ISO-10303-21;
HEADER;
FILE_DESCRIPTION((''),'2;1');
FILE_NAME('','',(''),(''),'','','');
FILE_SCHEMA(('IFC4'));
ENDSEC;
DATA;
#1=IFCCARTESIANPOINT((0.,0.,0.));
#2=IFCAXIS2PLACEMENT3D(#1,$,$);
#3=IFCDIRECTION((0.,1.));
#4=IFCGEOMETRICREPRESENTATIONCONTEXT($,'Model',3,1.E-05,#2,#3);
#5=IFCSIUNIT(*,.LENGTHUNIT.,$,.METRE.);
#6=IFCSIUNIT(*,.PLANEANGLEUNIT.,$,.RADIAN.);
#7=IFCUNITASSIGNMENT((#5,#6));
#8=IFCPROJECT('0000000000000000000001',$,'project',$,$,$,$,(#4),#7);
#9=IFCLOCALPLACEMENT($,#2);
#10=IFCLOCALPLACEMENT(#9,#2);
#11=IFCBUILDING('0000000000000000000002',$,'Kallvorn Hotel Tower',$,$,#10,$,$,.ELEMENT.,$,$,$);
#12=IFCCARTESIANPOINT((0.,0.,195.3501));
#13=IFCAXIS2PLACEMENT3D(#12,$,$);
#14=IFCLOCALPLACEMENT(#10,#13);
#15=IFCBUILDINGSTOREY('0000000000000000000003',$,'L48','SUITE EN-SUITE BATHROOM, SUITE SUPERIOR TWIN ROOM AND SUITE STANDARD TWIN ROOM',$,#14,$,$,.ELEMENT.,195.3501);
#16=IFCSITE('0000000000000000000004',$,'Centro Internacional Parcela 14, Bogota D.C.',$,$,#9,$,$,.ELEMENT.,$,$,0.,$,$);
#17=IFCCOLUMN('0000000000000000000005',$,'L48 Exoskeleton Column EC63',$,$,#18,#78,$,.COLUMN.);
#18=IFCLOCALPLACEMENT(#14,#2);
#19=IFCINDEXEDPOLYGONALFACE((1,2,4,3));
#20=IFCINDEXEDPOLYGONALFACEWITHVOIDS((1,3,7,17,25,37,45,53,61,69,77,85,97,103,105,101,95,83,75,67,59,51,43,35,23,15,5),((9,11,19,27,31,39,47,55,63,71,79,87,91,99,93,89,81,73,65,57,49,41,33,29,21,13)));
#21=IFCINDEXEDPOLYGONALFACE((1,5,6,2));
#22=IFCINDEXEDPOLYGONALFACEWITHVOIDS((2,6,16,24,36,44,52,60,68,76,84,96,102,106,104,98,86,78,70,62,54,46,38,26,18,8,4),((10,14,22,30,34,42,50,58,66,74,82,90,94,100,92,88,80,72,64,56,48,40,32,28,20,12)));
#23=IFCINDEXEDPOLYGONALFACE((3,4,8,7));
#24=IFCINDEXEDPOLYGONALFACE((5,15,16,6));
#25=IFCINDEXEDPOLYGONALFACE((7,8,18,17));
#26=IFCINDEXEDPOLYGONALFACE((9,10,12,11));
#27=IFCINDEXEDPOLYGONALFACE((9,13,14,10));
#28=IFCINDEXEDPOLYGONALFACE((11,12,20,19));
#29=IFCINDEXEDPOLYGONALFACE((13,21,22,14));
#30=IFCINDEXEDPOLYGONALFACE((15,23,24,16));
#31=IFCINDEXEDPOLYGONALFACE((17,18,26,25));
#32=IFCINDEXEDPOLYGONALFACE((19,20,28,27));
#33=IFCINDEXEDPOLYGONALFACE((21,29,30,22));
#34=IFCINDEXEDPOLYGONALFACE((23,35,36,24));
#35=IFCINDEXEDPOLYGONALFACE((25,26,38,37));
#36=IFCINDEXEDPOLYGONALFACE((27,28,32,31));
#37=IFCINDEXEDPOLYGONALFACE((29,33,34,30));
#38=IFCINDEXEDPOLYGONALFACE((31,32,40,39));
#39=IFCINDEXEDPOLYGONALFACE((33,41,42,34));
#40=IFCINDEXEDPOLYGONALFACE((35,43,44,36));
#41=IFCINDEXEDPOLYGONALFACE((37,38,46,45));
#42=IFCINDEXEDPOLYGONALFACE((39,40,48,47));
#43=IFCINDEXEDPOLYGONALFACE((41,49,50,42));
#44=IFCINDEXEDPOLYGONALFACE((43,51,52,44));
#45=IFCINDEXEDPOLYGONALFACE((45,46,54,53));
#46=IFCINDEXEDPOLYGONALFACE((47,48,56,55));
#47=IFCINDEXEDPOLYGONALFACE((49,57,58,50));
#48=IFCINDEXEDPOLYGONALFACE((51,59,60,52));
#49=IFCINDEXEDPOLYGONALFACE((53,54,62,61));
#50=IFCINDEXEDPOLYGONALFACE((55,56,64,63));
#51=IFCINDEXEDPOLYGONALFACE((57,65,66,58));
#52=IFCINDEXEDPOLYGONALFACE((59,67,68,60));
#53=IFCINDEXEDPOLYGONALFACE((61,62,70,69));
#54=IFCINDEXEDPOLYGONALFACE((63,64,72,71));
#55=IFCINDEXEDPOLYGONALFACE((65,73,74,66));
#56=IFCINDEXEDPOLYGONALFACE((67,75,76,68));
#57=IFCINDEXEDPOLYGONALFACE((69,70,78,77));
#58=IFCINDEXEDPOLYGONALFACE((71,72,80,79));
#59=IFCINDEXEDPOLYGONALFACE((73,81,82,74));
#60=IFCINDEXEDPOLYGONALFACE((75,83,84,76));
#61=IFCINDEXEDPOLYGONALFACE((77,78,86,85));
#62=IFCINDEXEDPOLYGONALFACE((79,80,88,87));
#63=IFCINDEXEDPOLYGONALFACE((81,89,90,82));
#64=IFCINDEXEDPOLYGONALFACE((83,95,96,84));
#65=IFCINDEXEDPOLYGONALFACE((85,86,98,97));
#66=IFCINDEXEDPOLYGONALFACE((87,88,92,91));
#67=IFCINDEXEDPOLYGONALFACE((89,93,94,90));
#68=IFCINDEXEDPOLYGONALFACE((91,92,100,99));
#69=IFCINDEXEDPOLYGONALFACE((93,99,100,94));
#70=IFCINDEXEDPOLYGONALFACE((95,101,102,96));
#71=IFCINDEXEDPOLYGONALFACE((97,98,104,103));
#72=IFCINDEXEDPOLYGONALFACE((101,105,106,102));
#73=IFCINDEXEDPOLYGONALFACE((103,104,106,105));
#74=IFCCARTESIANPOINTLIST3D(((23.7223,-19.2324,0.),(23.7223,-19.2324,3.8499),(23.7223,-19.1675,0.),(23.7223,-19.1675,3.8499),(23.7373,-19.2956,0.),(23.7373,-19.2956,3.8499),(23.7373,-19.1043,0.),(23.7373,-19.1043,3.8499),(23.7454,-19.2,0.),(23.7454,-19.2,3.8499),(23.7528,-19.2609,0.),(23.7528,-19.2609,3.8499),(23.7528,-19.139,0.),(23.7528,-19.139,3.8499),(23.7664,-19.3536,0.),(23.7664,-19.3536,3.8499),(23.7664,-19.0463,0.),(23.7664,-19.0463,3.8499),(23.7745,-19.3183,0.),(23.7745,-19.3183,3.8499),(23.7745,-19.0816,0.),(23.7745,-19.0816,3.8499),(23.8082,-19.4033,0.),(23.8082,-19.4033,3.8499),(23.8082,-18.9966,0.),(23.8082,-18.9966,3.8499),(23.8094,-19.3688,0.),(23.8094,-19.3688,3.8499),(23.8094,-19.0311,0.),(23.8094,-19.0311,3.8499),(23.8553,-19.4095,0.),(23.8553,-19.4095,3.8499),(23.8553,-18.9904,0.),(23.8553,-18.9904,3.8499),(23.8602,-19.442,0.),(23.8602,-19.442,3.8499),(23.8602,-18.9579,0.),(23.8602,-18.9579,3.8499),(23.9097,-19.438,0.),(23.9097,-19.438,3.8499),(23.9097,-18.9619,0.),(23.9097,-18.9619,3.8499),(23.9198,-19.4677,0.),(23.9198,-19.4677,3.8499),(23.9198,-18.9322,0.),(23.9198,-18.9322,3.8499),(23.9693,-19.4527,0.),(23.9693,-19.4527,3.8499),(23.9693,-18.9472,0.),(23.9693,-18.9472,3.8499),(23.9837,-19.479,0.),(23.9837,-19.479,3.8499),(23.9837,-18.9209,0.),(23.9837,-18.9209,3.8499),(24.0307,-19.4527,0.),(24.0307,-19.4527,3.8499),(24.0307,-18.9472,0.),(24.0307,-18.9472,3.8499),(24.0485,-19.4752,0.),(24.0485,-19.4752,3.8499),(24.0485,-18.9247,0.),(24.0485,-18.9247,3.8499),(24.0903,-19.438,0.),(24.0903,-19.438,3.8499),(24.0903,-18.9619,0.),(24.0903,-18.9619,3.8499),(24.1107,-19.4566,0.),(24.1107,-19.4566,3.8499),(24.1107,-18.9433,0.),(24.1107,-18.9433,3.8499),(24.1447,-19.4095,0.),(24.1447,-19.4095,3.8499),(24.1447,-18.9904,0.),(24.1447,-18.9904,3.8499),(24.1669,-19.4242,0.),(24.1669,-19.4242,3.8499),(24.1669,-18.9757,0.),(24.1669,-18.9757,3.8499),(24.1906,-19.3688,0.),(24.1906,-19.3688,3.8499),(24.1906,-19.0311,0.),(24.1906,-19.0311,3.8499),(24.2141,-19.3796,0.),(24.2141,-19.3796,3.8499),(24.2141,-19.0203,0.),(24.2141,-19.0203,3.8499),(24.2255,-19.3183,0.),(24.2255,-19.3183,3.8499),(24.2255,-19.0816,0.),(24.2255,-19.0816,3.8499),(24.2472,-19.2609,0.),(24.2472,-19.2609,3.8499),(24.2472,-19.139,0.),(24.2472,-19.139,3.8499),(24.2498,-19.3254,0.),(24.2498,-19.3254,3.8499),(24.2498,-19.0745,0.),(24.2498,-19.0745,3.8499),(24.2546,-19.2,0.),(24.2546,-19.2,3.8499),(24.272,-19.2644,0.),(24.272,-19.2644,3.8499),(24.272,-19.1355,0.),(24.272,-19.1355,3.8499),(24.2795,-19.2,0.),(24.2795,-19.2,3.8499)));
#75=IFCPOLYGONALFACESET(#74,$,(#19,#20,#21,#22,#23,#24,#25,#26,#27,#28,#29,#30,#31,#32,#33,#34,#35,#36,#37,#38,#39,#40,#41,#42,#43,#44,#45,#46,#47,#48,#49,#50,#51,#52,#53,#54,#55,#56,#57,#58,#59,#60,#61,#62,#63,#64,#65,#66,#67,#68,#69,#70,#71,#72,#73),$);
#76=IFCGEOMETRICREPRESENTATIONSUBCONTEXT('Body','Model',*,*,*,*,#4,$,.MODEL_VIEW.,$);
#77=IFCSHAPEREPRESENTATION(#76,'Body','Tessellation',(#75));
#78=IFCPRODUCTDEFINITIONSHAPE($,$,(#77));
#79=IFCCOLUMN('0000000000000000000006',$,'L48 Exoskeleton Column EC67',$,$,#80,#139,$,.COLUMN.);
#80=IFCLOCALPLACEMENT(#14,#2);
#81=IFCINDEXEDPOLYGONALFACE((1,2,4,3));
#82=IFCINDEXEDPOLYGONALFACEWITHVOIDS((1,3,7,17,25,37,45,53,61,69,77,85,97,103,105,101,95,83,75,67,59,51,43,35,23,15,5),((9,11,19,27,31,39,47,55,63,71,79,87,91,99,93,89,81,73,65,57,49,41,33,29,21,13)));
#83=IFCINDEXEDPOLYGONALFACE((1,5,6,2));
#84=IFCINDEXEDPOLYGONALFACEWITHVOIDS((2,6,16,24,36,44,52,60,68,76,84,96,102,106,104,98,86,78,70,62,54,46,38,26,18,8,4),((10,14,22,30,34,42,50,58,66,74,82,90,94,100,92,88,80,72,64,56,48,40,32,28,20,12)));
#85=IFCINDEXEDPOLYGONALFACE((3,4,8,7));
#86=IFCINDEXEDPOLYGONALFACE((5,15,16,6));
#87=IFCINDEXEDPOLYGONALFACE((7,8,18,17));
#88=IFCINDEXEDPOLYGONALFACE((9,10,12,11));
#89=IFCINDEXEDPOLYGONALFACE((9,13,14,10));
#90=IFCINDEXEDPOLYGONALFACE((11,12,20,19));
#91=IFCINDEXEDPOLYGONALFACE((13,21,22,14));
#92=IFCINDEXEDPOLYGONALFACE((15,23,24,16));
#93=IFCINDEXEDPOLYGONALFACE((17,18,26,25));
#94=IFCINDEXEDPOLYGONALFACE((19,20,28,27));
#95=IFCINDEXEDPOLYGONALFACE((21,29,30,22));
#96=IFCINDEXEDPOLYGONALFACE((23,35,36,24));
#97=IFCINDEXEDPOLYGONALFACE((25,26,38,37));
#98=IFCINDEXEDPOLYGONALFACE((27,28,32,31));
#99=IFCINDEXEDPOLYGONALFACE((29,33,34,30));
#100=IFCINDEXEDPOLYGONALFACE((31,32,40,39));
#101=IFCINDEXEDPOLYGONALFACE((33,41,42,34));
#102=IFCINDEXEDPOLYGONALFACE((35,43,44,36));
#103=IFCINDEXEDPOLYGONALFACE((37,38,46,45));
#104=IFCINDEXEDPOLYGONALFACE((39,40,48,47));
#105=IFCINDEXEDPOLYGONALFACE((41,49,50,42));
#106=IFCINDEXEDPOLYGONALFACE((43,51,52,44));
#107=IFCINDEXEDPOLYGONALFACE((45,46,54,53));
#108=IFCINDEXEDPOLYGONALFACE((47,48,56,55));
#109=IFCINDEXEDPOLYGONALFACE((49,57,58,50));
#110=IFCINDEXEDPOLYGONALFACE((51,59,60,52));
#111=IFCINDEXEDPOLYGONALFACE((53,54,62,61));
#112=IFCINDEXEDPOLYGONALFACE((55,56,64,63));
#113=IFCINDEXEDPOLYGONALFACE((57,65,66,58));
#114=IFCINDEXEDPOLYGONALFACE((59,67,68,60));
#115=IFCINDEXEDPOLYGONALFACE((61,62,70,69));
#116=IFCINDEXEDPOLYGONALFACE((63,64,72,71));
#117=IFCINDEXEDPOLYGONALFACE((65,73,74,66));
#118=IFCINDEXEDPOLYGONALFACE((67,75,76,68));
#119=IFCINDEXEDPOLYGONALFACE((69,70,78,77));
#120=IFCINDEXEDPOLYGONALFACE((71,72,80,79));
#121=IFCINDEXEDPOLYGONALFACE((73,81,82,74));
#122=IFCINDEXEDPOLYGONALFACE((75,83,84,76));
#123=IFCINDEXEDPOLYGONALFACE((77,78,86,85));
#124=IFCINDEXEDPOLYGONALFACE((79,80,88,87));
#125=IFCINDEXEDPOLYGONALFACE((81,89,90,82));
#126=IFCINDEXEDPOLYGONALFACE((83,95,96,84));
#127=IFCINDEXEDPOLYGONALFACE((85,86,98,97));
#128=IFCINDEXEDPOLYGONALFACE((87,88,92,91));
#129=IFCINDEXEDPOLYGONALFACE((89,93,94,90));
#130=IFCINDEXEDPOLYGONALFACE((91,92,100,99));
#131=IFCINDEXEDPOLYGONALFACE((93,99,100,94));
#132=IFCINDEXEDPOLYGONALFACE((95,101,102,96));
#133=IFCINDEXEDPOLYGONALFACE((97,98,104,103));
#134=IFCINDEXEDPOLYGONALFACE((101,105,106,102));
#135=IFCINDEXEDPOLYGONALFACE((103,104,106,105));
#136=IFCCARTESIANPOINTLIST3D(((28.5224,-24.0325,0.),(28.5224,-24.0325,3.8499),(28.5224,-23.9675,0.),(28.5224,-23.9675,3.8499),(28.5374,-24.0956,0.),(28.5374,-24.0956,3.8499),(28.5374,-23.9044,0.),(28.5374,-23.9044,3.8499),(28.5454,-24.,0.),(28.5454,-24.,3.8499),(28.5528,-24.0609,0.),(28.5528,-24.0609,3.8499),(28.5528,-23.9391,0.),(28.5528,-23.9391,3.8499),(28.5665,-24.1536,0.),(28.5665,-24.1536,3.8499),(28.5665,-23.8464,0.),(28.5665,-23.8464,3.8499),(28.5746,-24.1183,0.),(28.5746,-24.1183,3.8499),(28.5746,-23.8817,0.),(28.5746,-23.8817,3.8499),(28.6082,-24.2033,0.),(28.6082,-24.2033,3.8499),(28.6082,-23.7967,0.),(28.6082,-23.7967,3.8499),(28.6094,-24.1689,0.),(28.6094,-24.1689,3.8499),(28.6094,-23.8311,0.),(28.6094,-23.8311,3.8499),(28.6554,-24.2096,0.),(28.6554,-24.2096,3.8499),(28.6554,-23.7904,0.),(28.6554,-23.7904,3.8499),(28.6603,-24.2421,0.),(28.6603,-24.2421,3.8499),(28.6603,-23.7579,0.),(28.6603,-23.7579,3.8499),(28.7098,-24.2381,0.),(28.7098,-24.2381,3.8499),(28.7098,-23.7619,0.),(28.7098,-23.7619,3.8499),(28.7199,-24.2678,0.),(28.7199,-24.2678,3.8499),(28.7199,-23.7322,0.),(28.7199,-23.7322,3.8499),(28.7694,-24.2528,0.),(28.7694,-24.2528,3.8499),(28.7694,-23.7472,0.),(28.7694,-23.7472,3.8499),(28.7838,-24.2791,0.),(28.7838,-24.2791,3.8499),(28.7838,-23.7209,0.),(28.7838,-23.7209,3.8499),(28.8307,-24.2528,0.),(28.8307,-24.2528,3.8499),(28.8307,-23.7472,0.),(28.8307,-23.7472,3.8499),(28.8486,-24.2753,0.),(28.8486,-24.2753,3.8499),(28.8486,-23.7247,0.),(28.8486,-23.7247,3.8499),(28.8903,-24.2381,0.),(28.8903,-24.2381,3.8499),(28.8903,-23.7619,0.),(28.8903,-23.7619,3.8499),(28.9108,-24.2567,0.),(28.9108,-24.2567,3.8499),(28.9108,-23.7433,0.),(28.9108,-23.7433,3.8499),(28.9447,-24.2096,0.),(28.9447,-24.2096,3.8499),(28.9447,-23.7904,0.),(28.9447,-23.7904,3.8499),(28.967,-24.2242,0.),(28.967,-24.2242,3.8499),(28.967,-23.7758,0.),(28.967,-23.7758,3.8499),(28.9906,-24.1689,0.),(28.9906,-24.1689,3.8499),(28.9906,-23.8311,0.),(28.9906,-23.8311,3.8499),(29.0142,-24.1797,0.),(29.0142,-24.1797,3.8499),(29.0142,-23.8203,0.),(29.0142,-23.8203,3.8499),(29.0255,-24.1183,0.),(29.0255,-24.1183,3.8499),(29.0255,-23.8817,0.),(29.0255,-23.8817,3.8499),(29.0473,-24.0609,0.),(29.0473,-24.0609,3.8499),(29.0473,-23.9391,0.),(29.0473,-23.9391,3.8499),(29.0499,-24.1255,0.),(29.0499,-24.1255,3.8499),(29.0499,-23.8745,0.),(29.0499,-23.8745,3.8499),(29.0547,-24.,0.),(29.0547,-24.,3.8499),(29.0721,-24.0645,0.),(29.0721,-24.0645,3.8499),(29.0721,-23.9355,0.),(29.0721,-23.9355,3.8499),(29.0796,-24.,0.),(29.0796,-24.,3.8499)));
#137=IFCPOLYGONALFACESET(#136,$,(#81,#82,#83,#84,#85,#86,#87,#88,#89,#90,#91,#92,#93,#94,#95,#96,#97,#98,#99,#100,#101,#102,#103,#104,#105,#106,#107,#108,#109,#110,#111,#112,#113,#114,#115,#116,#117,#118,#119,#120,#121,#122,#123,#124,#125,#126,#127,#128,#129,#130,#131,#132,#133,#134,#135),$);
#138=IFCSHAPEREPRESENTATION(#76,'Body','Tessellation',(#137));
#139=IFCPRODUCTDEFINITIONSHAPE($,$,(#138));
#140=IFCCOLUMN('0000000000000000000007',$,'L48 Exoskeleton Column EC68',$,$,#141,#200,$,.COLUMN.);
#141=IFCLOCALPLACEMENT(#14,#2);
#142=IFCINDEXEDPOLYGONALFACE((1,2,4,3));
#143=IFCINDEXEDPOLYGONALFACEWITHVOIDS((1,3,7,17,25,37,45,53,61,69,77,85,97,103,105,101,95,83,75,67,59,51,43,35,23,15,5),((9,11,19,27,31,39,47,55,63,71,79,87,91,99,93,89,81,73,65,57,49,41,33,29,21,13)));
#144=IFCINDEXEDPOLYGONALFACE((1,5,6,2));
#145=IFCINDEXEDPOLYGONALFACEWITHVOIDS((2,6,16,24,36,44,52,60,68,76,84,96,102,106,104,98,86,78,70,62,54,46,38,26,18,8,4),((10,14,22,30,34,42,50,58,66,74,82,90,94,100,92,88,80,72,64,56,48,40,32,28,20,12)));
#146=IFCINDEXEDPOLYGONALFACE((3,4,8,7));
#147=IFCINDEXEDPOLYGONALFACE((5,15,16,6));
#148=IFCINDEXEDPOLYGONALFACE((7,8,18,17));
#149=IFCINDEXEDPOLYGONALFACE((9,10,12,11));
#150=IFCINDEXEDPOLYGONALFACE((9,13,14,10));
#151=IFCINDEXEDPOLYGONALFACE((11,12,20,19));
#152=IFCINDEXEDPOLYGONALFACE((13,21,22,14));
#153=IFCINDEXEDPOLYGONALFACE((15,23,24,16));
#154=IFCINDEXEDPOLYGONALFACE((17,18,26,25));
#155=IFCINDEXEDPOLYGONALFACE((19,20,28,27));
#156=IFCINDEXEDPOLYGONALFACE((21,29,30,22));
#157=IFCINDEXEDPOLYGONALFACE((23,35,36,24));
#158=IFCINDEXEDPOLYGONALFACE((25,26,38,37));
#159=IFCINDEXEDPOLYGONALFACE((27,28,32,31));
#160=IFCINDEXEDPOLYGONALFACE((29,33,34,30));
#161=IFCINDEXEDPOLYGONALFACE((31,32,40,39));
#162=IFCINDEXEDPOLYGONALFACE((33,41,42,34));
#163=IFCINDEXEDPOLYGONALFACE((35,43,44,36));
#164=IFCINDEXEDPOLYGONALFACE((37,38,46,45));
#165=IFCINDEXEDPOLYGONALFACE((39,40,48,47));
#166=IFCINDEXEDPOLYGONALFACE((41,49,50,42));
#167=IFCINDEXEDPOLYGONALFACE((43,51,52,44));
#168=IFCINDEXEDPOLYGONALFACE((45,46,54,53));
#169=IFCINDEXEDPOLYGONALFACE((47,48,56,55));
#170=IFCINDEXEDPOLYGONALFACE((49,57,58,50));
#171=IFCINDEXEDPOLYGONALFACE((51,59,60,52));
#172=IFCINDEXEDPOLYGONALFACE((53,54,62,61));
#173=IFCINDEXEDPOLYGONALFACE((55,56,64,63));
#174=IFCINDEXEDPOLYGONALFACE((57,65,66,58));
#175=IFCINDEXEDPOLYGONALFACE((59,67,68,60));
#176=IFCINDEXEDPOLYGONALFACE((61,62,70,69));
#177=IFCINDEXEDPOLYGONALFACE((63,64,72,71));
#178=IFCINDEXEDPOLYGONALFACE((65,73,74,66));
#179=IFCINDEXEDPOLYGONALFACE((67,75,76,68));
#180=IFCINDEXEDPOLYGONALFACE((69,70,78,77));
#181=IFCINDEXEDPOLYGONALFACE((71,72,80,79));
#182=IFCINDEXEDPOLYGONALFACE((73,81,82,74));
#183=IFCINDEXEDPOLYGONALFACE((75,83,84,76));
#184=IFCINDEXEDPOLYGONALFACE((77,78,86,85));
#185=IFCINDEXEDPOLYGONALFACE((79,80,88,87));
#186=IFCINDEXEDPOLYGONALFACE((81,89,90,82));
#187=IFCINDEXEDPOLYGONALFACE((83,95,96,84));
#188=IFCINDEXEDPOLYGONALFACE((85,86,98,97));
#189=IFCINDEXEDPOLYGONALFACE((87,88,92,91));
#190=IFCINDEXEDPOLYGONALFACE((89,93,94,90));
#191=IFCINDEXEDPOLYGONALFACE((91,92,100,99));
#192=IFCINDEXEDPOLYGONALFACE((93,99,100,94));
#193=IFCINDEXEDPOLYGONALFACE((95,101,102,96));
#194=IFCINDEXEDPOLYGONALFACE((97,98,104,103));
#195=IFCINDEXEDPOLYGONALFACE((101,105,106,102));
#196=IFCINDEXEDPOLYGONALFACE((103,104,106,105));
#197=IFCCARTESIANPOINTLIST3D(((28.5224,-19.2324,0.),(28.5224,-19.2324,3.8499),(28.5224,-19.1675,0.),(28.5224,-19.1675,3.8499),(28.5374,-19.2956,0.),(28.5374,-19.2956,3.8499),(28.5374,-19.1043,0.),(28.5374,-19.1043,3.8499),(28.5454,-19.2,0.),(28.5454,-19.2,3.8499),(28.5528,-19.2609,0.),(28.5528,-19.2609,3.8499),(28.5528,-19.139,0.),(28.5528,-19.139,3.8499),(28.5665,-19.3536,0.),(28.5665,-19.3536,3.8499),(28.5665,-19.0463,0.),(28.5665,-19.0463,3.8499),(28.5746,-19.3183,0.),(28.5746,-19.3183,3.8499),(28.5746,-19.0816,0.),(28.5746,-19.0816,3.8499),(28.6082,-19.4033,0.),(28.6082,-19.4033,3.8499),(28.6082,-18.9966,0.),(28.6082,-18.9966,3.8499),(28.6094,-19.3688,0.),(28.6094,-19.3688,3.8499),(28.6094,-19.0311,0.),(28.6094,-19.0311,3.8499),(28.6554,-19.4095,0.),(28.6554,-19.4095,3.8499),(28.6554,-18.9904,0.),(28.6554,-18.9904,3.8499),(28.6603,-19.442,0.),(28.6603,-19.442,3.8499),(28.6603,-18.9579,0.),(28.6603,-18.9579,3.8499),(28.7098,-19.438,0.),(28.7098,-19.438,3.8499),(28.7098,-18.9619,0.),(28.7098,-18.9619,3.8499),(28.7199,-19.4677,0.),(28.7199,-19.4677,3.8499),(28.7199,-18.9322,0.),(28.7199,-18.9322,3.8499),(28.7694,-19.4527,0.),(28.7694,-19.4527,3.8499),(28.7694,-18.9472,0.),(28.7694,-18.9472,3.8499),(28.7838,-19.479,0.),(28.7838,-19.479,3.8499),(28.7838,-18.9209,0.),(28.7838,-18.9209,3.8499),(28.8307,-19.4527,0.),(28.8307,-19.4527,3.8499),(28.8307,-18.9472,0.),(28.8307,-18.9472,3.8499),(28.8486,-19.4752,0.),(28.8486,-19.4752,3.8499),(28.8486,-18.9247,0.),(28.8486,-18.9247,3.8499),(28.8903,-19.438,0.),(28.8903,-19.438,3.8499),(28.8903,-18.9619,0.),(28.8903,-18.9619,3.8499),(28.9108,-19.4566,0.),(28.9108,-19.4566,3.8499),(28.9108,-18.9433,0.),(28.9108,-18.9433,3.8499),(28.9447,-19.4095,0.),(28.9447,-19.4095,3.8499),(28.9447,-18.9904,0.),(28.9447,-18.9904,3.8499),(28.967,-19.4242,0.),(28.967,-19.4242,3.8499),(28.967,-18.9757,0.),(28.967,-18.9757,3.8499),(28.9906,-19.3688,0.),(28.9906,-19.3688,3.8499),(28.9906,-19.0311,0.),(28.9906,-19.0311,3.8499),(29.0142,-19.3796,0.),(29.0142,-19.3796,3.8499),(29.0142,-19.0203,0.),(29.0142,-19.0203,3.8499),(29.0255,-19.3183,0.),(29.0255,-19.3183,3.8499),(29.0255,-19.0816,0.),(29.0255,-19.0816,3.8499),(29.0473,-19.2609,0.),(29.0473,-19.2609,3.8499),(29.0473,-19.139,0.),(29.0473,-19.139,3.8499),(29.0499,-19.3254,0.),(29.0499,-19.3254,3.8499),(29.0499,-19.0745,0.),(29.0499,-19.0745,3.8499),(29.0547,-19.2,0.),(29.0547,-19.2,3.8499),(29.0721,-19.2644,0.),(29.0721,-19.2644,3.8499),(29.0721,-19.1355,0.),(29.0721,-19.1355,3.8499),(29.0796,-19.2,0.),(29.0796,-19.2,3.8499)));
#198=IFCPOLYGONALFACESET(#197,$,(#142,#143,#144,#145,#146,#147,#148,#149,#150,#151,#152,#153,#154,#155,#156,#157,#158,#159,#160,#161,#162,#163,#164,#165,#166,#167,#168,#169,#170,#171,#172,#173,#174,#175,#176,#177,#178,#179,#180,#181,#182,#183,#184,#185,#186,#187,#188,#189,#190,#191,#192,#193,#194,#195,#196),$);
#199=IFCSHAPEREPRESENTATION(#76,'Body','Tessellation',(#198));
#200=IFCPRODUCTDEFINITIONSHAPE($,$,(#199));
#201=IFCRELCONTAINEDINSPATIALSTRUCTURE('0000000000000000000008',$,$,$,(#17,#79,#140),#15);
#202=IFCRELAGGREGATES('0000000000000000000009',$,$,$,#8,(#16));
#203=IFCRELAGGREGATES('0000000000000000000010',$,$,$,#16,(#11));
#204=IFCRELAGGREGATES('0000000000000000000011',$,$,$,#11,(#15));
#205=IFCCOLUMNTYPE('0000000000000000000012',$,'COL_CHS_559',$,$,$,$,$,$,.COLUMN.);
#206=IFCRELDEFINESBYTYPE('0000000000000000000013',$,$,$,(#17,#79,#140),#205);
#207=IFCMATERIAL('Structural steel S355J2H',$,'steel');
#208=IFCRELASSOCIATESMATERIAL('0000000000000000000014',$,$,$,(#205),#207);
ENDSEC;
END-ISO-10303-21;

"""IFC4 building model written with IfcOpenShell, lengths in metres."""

from ifc_helpers import new_model, si_unit, direction, frame, origin, origin_2d, place, context, subcontext, project, spatial, hollow_circle, extrude, material, material_profile, profile_set, type_object, element, save


model = new_model("IFC4")

# Units and contexts
model_context = context("Model", 3, precision=1e-05, world=origin(), true_north=direction((0.0, 1.0)))
body_context = subcontext(model_context, "Body", "Model", "MODEL_VIEW")
ifc_project = project(units=[si_unit("LENGTHUNIT", "METRE"), si_unit("PLANEANGLEUNIT", "RADIAN")], contexts=[model_context])

# Site, building, storey
site_placement = place(None, origin())
site = spatial("IfcSite", under=ifc_project, at=site_placement, Name="Centro Internacional Parcela 14, Bogota D.C.", CompositionType="ELEMENT", RefElevation=0.0)
building_placement = place(site_placement, origin())
building = spatial("IfcBuilding", under=site, at=building_placement, Name="Kallvorn Hotel Tower", CompositionType="ELEMENT")
storey_placement = place(building_placement, frame((0.0, 0.0, 195.3501)))
storey = spatial("IfcBuildingStorey", under=building, at=storey_placement, Name="L48", Description="SUITE EN-SUITE BATHROOM, SUITE SUPERIOR TWIN ROOM AND SUITE STANDARD TWIN ROOM", CompositionType="ELEMENT", Elevation=195.3501)

# Columns
ifc_material_1 = material(Name="Structural steel S355J2H", Category="steel")
ifc_material_profile_1 = material_profile(ifc_material_1, hollow_circle(Radius=0.2795, WallThickness=0.0249, at=origin_2d()), Name="CHS 559x25")
ifc_profile_set_1 = profile_set([ifc_material_profile_1], Name="Structural steel S355J2H")
column_type = type_object("IfcColumnType", Name="COL_CHS_559", PredefinedType="COLUMN", material=ifc_profile_set_1)
for number, where, z_axis, x_axis, name in (
    (1, (24.0, -19.2, 0.0), (0.0, 0.0, 1.0), (1.0, 0.0, 0.0), "L48 Exoskeleton Column EC63"),
    (2, (28.8, -24.0, 0.0), (0.0, 0.0, 1.0), (1.0, 0.0, 0.0), "L48 Exoskeleton Column EC67"),
    (3, (28.8, -19.2, 0.0), (0.0, 0.0, 1.0), (1.0, 0.0, 0.0), "L48 Exoskeleton Column EC68"),
):
    element("IfcColumn", number, at=place(storey_placement, frame(where, z_axis=z_axis, x_axis=x_axis)), inside=storey, type_object=column_type, Name=name, PredefinedType="COLUMN", context=body_context, shape_type="SweptSolid", body=[
        extrude(hollow_circle(Radius=0.2795, WallThickness=0.0249, at=origin_2d()), origin(), (0.0, 0.0, 1.0), 3.8499),
    ])

save(model, "model.ifc")
